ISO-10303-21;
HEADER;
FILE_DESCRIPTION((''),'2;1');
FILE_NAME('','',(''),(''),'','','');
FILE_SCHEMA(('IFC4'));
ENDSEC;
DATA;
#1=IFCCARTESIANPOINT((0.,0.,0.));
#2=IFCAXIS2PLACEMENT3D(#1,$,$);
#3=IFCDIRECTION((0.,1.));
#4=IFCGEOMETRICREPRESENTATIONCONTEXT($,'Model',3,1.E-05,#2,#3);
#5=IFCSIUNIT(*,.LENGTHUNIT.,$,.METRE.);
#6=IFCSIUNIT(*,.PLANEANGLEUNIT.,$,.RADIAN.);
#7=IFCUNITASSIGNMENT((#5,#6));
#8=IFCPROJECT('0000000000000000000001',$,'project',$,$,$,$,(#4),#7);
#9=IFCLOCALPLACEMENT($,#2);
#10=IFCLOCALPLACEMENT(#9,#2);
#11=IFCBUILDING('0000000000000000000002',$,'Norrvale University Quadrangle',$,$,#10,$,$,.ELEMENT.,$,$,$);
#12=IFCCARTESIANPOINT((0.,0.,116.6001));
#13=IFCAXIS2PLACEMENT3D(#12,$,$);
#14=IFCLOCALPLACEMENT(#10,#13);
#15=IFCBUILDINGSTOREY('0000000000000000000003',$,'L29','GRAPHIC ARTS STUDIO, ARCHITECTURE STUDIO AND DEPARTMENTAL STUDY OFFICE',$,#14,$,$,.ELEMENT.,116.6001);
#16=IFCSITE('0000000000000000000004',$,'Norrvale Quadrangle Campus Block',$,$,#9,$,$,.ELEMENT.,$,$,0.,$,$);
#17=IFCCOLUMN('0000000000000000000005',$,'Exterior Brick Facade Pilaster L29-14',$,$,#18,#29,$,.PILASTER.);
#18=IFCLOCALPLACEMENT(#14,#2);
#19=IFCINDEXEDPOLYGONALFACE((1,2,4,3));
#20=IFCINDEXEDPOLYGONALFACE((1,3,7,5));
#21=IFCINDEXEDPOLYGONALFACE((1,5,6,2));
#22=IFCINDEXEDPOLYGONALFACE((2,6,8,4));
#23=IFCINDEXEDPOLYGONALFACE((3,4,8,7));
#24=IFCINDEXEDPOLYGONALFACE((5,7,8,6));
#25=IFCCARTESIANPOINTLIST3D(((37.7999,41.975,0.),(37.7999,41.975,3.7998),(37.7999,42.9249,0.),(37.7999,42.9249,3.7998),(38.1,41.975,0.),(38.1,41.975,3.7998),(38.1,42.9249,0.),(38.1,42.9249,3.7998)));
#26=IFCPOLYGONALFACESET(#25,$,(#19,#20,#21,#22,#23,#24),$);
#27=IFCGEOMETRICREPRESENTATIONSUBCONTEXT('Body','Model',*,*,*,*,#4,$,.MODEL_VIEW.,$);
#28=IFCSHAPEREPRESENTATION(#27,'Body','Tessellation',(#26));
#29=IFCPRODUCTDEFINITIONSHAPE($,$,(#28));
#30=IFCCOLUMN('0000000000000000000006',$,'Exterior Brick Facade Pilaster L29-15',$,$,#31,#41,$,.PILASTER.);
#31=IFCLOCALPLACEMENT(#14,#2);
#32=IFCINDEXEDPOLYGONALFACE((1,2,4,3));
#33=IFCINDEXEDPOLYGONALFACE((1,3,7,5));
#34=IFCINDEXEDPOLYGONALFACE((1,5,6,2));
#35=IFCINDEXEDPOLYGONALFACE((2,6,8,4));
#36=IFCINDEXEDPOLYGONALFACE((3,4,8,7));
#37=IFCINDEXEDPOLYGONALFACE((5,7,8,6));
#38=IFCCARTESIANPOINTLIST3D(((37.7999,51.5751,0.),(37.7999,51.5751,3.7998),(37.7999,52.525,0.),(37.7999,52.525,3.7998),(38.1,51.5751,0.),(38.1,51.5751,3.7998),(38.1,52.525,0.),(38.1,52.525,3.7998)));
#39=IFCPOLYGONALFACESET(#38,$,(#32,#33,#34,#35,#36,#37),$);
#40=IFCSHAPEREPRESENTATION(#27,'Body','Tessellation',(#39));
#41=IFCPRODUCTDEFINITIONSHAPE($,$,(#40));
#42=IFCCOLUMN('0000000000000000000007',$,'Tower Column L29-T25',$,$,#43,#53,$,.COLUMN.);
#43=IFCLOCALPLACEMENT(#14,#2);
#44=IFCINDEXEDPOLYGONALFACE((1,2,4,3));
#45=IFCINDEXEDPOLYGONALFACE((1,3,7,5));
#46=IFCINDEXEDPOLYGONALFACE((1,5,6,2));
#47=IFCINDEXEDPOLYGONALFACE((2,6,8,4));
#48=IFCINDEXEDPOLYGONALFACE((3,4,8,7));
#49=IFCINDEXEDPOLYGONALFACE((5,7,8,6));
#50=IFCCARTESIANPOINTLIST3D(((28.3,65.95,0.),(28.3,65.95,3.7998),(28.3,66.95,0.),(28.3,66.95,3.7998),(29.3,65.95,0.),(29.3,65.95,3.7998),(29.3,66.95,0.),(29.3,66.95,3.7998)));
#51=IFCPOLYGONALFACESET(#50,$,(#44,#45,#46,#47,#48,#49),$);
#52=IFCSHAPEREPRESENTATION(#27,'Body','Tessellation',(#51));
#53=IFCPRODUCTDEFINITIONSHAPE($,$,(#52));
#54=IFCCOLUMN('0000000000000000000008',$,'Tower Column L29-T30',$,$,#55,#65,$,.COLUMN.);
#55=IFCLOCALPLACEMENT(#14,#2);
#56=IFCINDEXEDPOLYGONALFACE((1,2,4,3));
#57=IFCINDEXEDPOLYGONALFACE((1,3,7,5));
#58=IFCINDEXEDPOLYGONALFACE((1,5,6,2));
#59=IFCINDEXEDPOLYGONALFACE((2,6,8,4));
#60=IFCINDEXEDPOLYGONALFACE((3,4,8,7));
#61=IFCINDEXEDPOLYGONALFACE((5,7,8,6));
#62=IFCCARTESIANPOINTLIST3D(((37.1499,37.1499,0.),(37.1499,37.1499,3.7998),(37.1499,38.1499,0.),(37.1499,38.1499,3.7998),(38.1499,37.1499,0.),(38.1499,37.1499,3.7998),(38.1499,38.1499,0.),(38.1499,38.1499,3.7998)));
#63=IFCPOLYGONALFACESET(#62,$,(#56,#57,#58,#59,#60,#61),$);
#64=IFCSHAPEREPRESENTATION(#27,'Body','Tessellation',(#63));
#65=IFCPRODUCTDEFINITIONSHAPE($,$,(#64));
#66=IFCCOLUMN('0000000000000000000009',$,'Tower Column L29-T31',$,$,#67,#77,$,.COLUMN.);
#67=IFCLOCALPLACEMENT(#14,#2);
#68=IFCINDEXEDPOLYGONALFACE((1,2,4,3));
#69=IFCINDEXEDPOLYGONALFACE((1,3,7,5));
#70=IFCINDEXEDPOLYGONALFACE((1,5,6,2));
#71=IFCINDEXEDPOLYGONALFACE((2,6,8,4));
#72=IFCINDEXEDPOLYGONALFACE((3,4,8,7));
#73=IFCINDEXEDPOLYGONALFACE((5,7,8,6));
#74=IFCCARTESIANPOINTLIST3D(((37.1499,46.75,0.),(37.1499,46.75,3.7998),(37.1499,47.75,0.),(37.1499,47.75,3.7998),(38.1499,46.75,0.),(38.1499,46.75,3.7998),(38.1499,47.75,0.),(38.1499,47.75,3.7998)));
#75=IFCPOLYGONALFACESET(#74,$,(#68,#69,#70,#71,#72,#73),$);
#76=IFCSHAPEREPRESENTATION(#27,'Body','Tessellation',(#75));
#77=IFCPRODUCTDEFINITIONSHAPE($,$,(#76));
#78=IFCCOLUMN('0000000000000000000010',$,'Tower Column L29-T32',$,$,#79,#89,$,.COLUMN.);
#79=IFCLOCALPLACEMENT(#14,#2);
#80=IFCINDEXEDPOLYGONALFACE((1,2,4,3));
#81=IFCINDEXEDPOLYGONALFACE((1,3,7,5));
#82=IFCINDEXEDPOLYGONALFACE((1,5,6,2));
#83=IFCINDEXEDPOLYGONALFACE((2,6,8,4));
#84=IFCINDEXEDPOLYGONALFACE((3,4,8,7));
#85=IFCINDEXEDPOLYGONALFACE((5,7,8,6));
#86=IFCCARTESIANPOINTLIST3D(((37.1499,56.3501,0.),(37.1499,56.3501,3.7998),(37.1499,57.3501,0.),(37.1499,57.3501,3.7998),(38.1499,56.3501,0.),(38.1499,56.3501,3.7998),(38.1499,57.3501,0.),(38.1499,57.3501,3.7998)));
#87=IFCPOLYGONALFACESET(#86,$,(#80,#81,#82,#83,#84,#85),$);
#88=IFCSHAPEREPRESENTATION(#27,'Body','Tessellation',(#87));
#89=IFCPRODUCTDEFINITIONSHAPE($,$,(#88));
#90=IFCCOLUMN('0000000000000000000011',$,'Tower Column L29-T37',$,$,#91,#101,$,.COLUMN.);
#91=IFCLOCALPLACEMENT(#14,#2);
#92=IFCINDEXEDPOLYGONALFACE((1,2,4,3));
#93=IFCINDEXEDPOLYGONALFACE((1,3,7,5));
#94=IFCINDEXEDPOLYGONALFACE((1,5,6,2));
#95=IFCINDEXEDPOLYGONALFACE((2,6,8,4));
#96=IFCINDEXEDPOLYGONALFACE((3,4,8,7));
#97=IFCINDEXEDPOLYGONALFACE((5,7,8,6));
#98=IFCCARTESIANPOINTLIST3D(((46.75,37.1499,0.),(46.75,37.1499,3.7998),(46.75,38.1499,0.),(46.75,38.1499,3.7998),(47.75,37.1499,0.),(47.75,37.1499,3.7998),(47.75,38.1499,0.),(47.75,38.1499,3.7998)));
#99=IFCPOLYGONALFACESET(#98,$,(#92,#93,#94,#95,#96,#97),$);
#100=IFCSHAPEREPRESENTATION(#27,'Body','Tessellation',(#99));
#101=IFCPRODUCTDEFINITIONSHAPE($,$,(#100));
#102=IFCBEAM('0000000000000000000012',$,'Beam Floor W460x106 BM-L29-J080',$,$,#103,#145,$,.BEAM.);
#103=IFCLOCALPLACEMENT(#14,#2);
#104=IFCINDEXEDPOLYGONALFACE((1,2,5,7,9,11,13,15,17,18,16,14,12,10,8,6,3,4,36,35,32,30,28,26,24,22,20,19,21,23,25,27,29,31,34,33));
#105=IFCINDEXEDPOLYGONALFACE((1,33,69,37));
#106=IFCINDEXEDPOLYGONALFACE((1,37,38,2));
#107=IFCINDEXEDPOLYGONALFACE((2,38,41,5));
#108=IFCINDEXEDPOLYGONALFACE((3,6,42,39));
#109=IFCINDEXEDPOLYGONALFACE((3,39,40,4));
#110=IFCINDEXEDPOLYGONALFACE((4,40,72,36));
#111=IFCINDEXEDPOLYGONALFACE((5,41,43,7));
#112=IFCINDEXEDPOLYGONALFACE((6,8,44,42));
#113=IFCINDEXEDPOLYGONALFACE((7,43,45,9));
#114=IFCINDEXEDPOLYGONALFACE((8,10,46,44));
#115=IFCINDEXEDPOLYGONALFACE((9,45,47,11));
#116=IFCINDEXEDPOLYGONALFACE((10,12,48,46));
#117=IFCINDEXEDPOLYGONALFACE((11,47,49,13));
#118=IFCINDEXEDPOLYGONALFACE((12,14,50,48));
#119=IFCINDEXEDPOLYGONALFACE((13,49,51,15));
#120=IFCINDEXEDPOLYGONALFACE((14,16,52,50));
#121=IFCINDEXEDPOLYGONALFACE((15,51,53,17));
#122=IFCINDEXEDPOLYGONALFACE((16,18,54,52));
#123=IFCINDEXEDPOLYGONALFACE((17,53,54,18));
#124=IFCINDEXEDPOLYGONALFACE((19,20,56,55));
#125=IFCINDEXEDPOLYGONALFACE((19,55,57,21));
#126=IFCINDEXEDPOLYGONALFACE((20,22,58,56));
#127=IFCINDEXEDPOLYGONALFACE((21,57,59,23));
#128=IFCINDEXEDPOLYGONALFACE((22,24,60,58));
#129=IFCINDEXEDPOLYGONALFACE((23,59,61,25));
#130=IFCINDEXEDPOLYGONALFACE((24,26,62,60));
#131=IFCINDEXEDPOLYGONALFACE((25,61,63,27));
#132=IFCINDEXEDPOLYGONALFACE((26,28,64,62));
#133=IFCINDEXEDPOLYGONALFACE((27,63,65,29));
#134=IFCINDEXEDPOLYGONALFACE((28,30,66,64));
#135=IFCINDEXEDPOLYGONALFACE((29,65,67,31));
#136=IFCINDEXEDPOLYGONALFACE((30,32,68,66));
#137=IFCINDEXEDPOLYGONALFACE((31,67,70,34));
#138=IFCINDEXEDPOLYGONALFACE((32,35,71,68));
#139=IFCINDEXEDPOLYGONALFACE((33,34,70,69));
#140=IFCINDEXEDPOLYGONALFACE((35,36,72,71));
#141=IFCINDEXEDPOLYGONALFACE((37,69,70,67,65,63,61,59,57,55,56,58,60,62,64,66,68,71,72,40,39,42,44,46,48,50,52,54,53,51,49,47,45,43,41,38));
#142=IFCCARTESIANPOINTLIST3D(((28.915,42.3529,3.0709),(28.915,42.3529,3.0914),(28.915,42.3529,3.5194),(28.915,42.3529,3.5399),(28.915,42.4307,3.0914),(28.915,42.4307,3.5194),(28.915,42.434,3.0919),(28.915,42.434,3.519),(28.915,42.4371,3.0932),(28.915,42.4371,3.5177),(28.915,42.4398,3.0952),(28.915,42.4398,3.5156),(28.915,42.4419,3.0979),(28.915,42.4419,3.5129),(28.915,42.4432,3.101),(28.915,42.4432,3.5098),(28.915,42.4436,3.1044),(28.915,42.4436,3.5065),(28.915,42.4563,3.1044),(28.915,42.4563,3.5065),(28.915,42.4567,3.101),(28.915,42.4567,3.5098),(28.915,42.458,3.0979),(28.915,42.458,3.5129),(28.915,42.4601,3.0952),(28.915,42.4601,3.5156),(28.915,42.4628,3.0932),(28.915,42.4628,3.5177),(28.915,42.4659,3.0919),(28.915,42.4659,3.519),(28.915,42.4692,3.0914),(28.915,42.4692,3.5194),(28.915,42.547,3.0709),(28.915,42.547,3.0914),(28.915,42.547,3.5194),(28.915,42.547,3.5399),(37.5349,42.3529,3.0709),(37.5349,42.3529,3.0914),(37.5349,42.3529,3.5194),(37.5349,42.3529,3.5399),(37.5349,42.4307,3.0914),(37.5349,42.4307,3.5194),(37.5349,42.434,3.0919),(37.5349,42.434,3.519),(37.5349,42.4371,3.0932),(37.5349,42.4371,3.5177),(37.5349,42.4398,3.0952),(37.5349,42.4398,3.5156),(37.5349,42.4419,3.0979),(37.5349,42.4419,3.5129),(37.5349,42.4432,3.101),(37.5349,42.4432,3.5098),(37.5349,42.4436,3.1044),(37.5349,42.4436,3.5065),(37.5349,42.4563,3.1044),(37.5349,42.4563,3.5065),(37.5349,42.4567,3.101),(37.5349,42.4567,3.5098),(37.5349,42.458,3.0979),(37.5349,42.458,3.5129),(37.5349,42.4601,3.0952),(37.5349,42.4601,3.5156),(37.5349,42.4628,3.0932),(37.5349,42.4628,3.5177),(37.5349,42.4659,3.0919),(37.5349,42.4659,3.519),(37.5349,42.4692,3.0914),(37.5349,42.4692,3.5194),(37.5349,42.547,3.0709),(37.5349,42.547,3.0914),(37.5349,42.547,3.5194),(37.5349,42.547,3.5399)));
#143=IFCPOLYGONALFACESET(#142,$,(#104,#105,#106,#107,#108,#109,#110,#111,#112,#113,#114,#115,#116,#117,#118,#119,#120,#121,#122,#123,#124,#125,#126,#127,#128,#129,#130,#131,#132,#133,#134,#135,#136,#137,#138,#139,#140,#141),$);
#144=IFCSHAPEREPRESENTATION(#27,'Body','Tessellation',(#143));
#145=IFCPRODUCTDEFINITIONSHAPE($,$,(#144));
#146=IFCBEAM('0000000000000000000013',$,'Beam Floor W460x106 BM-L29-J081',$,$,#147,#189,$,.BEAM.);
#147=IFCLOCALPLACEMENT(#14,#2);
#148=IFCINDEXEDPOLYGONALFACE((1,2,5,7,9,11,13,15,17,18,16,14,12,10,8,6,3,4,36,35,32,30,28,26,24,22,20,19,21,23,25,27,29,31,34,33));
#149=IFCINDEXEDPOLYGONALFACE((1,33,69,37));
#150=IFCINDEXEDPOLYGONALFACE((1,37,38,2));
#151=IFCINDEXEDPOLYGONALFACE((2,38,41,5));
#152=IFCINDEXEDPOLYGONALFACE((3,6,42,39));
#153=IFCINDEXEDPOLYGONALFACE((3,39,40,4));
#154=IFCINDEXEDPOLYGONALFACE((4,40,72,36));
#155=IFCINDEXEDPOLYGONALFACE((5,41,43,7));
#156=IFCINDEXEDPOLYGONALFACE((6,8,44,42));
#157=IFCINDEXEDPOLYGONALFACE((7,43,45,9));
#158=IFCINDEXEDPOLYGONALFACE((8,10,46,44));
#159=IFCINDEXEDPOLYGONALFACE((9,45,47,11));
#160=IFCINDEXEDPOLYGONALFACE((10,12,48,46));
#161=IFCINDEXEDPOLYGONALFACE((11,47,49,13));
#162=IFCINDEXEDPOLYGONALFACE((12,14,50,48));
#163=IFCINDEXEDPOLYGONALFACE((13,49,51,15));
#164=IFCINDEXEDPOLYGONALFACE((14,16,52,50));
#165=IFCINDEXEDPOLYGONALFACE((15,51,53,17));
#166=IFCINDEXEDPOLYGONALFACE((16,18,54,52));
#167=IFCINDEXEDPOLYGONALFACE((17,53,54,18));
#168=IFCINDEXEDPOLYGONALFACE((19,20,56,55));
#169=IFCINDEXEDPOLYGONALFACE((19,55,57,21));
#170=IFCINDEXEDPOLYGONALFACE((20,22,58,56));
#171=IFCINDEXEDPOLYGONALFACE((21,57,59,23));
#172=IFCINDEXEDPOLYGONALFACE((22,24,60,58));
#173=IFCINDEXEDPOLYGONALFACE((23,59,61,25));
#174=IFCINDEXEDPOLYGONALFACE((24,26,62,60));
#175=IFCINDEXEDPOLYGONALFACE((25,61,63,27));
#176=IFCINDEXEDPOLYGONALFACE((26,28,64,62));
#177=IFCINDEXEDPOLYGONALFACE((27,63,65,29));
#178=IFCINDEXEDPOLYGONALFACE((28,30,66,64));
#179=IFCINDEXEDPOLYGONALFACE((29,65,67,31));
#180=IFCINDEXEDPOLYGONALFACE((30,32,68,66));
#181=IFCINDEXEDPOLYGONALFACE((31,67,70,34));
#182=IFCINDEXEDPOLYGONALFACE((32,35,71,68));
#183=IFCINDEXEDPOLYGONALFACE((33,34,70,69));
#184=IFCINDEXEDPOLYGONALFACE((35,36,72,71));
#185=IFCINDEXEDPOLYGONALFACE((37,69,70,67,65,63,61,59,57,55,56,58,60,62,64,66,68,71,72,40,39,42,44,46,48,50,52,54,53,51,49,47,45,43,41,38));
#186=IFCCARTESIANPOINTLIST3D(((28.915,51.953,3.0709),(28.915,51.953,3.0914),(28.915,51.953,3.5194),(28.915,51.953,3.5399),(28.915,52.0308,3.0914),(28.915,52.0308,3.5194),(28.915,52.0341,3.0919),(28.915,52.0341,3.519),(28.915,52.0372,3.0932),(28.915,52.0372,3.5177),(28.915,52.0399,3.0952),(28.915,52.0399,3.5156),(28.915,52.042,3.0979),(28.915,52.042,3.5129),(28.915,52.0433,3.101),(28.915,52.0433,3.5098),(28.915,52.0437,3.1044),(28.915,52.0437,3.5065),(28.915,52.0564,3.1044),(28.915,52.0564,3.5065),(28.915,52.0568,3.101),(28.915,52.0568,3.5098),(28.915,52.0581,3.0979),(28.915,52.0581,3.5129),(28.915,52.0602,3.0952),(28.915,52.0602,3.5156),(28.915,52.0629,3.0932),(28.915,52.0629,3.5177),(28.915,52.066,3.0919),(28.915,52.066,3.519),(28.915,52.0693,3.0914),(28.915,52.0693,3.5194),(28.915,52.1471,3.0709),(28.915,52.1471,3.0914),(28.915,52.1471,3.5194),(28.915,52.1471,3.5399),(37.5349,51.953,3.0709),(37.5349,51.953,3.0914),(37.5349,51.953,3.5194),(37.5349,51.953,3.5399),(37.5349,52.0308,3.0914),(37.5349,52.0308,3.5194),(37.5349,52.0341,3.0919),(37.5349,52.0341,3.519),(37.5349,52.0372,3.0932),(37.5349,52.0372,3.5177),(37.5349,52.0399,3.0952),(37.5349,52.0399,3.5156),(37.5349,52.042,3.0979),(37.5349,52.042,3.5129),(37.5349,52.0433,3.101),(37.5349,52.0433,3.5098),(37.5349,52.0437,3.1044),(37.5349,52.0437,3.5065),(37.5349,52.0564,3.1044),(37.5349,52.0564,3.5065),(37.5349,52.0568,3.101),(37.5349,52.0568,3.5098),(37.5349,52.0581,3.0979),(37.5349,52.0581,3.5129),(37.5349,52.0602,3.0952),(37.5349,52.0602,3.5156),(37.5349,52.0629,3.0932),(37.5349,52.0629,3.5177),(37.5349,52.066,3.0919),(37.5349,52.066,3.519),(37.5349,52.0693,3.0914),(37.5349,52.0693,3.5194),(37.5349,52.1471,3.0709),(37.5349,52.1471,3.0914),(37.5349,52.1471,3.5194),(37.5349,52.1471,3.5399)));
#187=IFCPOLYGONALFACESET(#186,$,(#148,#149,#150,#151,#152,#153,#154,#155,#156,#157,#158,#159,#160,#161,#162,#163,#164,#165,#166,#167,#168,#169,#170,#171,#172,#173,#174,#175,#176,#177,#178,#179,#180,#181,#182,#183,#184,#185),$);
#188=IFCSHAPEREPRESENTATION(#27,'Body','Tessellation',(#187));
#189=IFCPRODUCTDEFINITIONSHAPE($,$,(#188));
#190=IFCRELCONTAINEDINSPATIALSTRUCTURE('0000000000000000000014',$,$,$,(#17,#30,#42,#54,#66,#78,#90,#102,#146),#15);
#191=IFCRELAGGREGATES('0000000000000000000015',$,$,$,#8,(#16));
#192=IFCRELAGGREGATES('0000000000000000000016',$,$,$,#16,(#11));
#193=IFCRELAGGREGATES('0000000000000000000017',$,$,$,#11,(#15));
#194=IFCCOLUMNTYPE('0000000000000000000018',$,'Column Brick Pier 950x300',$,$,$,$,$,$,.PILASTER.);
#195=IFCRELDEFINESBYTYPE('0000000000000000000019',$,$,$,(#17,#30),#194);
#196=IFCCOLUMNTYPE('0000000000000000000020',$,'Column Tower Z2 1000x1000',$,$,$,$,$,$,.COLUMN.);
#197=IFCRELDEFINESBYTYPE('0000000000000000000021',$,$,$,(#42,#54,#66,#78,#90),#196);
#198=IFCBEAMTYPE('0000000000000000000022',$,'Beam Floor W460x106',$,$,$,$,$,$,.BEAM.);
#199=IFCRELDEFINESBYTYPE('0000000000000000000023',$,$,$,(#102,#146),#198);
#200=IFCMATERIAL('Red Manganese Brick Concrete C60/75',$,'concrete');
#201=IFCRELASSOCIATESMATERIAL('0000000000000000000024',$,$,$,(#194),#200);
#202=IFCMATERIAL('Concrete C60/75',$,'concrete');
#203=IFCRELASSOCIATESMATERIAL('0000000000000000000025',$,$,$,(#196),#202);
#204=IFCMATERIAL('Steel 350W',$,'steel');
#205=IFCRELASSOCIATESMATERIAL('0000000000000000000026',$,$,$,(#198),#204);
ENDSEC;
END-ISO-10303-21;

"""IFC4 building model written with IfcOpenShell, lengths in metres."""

from ifc_helpers import new_model, si_unit, direction, frame, origin, origin_2d, place, context, subcontext, project, spatial, rectangle, i_section, extrude, material, material_profile, profile_set, type_object, element, save


model = new_model("IFC4")

# Units and contexts
model_context = context("Model", 3, precision=1e-05, world=origin(), true_north=direction((0.0, 1.0)))
body_context = subcontext(model_context, "Body", "Model", "MODEL_VIEW")
ifc_project = project(units=[si_unit("LENGTHUNIT", "METRE"), si_unit("PLANEANGLEUNIT", "RADIAN")], contexts=[model_context])

# Site, building, storey
site_placement = place(None, origin())
site = spatial("IfcSite", under=ifc_project, at=site_placement, Name="Norrvale Quadrangle Campus Block", CompositionType="ELEMENT", RefElevation=0.0)
building_placement = place(site_placement, origin())
building = spatial("IfcBuilding", under=site, at=building_placement, Name="Norrvale University Quadrangle", CompositionType="ELEMENT")
storey_placement = place(building_placement, frame((0.0, 0.0, 116.6001)))
storey = spatial("IfcBuildingStorey", under=building, at=storey_placement, Name="L29", Description="GRAPHIC ARTS STUDIO, ARCHITECTURE STUDIO AND DEPARTMENTAL STUDY OFFICE", CompositionType="ELEMENT", Elevation=116.6001)

# Columns
ifc_material_1 = material(Name="Red Manganese Brick Concrete C60/75", Category="concrete")
ifc_material_profile_1 = material_profile(ifc_material_1, rectangle(XDim=0.95, YDim=0.3, at=origin_2d()), Name="Red Manganese Brick Concrete C60/75")
ifc_profile_set_1 = profile_set([ifc_material_profile_1], Name="Red Manganese Brick Concrete C60/75")
column_type_1 = type_object("IfcColumnType", Name="Column Brick Pier 950x300", PredefinedType="PILASTER", material=ifc_profile_set_1)
for number, where, z_axis, x_axis, name in (
    (1, (37.95, 42.45, 0.0), (0.0, 0.0, 1.0), (0.0, 1.0, 0.0), "Exterior Brick Facade Pilaster L29-14"),
    (2, (37.95, 52.05, 0.0), (0.0, 0.0, 1.0), (0.0, 1.0, 0.0), "Exterior Brick Facade Pilaster L29-15"),
):
    element("IfcColumn", number, at=place(storey_placement, frame(where, z_axis=z_axis, x_axis=x_axis)), inside=storey, type_object=column_type_1, Name=name, PredefinedType="PILASTER", context=body_context, shape_type="SweptSolid", body=[
        extrude(rectangle(XDim=0.95, YDim=0.3, at=origin_2d()), origin(), (0.0, 0.0, 1.0), 3.7998),
    ])
ifc_material_2 = material(Name="Concrete C60/75", Category="concrete")
ifc_material_profile_2 = material_profile(ifc_material_2, rectangle(XDim=1.0, YDim=1.0, at=origin_2d()), Name="Concrete C60/75")
ifc_profile_set_2 = profile_set([ifc_material_profile_2], Name="Concrete C60/75")
column_type_2 = type_object("IfcColumnType", Name="Column Tower Z2 1000x1000", PredefinedType="COLUMN", material=ifc_profile_set_2)
for number, where, z_axis, x_axis, name in (
    (3, (28.8, 66.45, 0.0), (0.0, 0.0, 1.0), (1.0, 0.0, 0.0), "Tower Column L29-T25"),
    (4, (37.6499, 37.6499, 0.0), (0.0, 0.0, 1.0), (1.0, 0.0, 0.0), "Tower Column L29-T30"),
    (5, (37.6499, 47.25, 0.0), (0.0, 0.0, 1.0), (1.0, 0.0, 0.0), "Tower Column L29-T31"),
    (6, (37.6499, 56.8501, 0.0), (0.0, 0.0, 1.0), (1.0, 0.0, 0.0), "Tower Column L29-T32"),
    (7, (47.25, 37.6499, 0.0), (0.0, 0.0, 1.0), (1.0, 0.0, 0.0), "Tower Column L29-T37"),
):
    element("IfcColumn", number, at=place(storey_placement, frame(where, z_axis=z_axis, x_axis=x_axis)), inside=storey, type_object=column_type_2, Name=name, PredefinedType="COLUMN", context=body_context, shape_type="SweptSolid", body=[
        extrude(rectangle(XDim=1.0, YDim=1.0, at=origin_2d()), origin(), (0.0, 0.0, 1.0), 3.7998),
    ])

# Beams
ifc_material_3 = material(Name="Steel 350W", Category="steel")
ifc_material_profile_3 = material_profile(ifc_material_3, i_section(OverallWidth=0.1941, OverallDepth=0.469, WebThickness=0.0127, FlangeThickness=0.0205, FilletRadius=0.0129, at=origin_2d()), Name="Steel 350W")
ifc_profile_set_3 = profile_set([ifc_material_profile_3], Name="Steel 350W")
beam_type_1 = type_object("IfcBeamType", Name="Beam Floor W460x106", PredefinedType="BEAM", material=ifc_profile_set_3)
for number, where, z_axis, x_axis, name in (
    (8, (28.915, 42.45, 3.3054), (1.0, 0.0, 0.0), (0.0, 1.0, 0.0), "Beam Floor W460x106 BM-L29-J080"),
    (9, (28.915, 52.05, 3.3054), (1.0, 0.0, 0.0), (0.0, 1.0, 0.0), "Beam Floor W460x106 BM-L29-J081"),
):
    element("IfcBeam", number, at=place(storey_placement, frame(where, z_axis=z_axis, x_axis=x_axis)), inside=storey, type_object=beam_type_1, Name=name, PredefinedType="BEAM", context=body_context, shape_type="SweptSolid", body=[
        extrude(i_section(OverallWidth=0.1941, OverallDepth=0.469, WebThickness=0.0127, FlangeThickness=0.0205, FilletRadius=0.0129, at=origin_2d()), origin(), (0.0, 0.0, 1.0), 8.6199),
    ])

save(model, "model.ifc")
